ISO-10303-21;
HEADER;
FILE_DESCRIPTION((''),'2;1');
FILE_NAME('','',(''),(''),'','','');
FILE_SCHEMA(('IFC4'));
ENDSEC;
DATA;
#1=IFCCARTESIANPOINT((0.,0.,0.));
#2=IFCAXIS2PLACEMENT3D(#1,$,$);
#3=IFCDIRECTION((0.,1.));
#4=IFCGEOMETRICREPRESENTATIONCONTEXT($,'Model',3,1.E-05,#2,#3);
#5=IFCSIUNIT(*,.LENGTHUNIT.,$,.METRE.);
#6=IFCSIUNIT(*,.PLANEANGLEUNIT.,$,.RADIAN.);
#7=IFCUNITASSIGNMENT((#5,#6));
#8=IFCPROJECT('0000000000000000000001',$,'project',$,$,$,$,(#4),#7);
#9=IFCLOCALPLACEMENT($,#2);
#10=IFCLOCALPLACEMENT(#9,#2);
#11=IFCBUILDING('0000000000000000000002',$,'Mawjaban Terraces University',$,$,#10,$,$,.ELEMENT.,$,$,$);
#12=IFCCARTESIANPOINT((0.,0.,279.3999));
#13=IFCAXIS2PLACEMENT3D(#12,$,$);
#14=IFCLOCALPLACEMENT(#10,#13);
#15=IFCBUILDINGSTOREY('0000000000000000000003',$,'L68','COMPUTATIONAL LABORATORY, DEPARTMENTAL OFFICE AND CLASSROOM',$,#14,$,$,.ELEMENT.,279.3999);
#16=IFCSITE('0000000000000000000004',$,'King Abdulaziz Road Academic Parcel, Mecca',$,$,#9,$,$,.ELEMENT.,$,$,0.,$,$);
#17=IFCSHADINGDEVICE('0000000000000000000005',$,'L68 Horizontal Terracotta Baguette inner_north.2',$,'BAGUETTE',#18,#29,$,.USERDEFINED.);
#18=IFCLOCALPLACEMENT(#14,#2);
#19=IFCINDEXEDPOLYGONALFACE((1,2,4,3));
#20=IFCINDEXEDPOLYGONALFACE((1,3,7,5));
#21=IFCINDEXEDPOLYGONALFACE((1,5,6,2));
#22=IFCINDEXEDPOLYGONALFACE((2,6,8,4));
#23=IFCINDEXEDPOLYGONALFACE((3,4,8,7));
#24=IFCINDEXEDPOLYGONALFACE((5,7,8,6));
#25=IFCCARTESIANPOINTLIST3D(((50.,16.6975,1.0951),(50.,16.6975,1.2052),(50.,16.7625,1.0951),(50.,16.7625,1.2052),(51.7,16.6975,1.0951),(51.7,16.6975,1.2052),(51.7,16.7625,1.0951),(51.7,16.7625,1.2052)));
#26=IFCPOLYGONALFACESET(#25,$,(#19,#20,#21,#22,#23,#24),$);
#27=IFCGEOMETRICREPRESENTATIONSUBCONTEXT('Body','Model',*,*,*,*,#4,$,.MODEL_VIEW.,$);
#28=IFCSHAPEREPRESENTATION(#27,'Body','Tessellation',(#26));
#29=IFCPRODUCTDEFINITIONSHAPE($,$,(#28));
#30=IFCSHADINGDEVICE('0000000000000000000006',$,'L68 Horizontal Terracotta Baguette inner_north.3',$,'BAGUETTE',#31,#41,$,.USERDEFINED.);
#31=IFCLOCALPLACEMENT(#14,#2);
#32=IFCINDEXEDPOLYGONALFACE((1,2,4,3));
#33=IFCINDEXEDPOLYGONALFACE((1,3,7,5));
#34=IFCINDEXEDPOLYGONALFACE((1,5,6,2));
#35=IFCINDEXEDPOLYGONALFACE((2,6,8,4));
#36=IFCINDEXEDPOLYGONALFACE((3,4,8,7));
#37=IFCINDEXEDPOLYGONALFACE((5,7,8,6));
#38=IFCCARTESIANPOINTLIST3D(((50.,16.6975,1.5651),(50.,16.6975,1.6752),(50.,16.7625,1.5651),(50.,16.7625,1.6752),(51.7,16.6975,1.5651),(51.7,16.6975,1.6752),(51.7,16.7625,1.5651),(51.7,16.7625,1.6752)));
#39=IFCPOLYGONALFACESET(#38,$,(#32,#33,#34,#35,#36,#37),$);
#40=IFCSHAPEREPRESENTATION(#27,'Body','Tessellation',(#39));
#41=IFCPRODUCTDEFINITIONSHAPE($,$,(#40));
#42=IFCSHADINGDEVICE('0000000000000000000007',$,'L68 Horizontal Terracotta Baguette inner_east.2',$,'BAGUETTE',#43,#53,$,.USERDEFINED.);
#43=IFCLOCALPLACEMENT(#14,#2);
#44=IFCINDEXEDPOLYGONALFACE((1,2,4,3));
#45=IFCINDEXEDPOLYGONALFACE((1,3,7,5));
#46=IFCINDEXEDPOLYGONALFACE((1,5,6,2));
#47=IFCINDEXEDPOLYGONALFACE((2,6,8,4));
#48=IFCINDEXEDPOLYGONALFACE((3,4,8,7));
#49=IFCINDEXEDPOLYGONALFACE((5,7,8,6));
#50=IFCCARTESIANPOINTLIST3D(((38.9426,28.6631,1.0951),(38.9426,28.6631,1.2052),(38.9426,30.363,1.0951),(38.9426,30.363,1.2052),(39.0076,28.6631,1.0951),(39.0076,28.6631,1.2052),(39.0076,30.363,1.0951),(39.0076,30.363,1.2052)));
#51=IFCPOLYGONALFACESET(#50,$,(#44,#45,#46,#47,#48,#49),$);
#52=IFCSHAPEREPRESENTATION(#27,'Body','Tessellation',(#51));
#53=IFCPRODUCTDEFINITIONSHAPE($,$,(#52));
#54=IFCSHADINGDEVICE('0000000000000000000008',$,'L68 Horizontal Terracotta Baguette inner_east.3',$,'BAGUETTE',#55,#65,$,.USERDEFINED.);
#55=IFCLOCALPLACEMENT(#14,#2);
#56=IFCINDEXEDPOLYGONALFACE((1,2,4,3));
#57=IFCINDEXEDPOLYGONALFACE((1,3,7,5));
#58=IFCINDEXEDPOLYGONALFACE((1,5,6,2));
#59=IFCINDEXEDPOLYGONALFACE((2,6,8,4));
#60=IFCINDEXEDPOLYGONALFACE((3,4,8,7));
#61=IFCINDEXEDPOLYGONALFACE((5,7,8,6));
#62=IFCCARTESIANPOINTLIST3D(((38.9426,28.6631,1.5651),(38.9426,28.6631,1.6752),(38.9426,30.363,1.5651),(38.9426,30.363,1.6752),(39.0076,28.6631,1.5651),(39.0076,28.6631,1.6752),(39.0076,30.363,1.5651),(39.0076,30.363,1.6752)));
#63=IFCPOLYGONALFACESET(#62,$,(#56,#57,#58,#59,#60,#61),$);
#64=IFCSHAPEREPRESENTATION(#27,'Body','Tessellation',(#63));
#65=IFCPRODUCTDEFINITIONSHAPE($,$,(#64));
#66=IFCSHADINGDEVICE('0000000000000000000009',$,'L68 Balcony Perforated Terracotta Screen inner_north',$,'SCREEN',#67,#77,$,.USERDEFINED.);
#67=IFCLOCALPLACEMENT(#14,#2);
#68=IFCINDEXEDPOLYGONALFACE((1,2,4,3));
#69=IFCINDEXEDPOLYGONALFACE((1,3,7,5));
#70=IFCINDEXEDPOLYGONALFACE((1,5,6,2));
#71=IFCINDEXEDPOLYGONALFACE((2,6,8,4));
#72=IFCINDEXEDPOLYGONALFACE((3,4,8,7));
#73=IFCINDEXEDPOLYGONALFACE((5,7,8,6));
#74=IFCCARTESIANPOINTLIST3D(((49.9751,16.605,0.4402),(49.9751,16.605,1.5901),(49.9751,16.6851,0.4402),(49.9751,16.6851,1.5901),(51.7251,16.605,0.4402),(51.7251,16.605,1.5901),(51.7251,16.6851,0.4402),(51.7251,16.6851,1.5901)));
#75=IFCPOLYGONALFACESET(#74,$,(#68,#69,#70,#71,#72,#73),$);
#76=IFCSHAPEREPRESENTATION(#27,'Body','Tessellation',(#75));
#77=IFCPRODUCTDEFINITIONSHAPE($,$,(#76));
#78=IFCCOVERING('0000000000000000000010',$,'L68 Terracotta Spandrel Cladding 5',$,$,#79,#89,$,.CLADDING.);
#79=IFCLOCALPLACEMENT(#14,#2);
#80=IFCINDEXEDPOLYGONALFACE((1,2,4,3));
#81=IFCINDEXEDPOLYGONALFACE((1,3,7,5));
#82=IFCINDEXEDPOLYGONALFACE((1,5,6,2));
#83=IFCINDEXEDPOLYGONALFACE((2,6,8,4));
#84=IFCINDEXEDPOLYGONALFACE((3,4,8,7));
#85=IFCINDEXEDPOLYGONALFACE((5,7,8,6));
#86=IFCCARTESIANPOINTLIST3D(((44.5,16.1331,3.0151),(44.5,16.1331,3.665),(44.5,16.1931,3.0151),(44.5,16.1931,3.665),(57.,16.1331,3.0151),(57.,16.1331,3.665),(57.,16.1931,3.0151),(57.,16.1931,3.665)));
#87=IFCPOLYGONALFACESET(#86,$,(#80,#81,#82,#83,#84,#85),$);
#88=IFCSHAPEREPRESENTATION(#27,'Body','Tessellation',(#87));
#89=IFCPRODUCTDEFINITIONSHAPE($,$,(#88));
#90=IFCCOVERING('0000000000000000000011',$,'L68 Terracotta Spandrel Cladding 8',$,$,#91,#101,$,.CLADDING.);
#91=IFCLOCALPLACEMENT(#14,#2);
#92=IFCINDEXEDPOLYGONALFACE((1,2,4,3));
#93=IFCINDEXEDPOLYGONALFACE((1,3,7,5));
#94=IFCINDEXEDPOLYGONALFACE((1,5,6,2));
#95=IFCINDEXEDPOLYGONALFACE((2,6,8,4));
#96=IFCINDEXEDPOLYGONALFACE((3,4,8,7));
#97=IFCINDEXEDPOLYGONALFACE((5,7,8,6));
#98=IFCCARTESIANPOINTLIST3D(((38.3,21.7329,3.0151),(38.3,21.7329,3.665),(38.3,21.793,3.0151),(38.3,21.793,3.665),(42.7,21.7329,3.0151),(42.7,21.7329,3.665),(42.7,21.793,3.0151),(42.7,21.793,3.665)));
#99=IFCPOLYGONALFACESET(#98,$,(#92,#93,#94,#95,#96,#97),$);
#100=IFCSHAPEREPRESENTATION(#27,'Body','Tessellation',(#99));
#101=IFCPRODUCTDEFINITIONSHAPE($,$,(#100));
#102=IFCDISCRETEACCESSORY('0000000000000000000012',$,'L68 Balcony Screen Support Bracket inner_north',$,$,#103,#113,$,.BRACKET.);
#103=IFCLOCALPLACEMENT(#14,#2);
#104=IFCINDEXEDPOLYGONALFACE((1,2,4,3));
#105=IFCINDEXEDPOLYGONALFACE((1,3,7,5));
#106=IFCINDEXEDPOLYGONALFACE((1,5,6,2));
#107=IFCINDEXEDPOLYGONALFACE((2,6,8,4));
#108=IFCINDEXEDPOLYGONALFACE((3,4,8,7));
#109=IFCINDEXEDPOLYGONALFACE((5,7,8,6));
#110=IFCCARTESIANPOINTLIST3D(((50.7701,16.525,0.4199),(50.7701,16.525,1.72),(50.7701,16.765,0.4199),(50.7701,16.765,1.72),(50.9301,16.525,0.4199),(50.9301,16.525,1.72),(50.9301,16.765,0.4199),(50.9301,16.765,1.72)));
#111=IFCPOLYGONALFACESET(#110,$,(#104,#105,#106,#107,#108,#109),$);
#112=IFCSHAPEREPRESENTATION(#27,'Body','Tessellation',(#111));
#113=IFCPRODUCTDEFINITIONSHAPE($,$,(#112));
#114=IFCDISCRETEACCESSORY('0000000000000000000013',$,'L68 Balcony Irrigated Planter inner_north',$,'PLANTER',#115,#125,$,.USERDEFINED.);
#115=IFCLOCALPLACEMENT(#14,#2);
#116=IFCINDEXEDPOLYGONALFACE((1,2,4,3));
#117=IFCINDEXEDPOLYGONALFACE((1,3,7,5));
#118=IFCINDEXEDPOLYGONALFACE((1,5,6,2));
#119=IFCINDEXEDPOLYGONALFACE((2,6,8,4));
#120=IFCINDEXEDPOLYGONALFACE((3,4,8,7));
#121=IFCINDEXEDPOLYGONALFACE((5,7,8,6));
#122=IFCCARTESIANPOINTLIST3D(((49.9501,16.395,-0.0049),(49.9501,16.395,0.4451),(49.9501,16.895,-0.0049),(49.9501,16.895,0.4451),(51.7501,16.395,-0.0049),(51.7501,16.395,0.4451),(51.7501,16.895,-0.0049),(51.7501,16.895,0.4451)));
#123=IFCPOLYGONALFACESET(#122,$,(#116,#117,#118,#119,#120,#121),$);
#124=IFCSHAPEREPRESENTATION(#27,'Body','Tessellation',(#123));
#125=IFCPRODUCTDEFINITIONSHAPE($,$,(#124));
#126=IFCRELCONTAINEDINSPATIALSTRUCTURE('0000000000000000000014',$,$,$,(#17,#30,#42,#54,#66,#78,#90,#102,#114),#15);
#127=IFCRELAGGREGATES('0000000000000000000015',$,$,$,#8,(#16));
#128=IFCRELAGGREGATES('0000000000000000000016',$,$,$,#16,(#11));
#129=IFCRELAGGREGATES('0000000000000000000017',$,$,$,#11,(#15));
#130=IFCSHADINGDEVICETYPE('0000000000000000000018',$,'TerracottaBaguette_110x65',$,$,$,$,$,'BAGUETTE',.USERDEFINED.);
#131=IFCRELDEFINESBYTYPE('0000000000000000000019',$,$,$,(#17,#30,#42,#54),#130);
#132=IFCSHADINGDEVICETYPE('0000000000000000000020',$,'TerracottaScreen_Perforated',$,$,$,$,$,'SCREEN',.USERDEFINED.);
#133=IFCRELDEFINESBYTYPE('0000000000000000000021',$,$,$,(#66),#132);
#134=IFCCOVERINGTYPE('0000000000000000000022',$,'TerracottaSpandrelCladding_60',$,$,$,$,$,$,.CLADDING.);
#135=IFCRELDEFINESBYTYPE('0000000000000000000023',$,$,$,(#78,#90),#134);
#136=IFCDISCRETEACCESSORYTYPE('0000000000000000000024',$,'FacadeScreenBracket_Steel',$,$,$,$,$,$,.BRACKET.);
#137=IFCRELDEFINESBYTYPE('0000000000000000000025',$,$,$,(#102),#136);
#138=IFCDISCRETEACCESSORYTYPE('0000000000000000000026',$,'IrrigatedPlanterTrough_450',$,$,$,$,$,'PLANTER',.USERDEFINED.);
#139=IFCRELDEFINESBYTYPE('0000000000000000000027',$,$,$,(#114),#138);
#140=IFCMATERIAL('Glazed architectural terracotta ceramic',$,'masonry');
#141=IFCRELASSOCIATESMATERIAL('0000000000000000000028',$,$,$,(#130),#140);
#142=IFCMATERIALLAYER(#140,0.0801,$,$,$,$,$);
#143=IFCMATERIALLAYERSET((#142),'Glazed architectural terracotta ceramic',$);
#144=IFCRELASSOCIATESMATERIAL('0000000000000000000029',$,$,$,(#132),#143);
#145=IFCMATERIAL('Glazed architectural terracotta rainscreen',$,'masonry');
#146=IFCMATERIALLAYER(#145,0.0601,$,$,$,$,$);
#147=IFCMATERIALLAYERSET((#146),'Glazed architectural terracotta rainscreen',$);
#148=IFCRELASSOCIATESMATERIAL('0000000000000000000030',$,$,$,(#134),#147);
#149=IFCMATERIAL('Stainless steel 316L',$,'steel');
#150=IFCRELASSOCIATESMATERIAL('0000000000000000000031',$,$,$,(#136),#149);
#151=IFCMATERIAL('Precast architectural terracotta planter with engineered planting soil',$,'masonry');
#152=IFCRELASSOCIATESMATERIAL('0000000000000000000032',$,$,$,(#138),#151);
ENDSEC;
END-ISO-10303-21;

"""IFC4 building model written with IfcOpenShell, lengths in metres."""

from ifc_helpers import new_model, si_unit, direction, frame, origin, origin_2d, place, context, subcontext, project, spatial, rectangle, extrude, material, layer, layer_set, material_profile, profile_set, type_object, element, save


model = new_model("IFC4")

# Units and contexts
model_context = context("Model", 3, precision=1e-05, world=origin(), true_north=direction((0.0, 1.0)))
body_context = subcontext(model_context, "Body", "Model", "MODEL_VIEW")
ifc_project = project(units=[si_unit("LENGTHUNIT", "METRE"), si_unit("PLANEANGLEUNIT", "RADIAN")], contexts=[model_context])

# Site, building, storey
site_placement = place(None, origin())
site = spatial("IfcSite", under=ifc_project, at=site_placement, Name="King Abdulaziz Road Academic Parcel, Mecca", CompositionType="ELEMENT", RefElevation=0.0)
building_placement = place(site_placement, origin())
building = spatial("IfcBuilding", under=site, at=building_placement, Name="Mawjaban Terraces University", CompositionType="ELEMENT")
storey_placement = place(building_placement, frame((0.0, 0.0, 279.3999)))
storey = spatial("IfcBuildingStorey", under=building, at=storey_placement, Name="L68", Description="COMPUTATIONAL LABORATORY, DEPARTMENTAL OFFICE AND CLASSROOM", CompositionType="ELEMENT", Elevation=279.3999)

# Shading devices
ifc_material_1 = material(Name="Glazed architectural terracotta ceramic", Category="masonry")
ifc_material_profile_1 = material_profile(ifc_material_1, rectangle(XDim=0.0649, YDim=0.1101, at=origin_2d()), Name="TBAG110X65")
ifc_profile_set_1 = profile_set([ifc_material_profile_1], Name="Glazed architectural terracotta ceramic")
shading_device_type_1 = type_object("IfcShadingDeviceType", Name="TerracottaBaguette_110x65", ElementType="BAGUETTE", PredefinedType="USERDEFINED", material=ifc_profile_set_1)
for number, where, z_axis, x_axis, name in (
    (1, (50.0, 16.73, 1.1501), (1.0, 0.0, 0.0), (0.0, 1.0, 0.0), "L68 Horizontal Terracotta Baguette inner_north.2"),
    (2, (50.0, 16.73, 1.6201), (1.0, 0.0, 0.0), (0.0, 1.0, 0.0), "L68 Horizontal Terracotta Baguette inner_north.3"),
    (3, (38.9751, 28.6631, 1.1501), (0.0, 1.0, 0.0), (-1.0, 0.0, 0.0), "L68 Horizontal Terracotta Baguette inner_east.2"),
    (4, (38.9751, 28.6631, 1.6201), (0.0, 1.0, 0.0), (-1.0, 0.0, 0.0), "L68 Horizontal Terracotta Baguette inner_east.3"),
):
    element("IfcShadingDevice", number, at=place(storey_placement, frame(where, z_axis=z_axis, x_axis=x_axis)), inside=storey, type_object=shading_device_type_1, Name=name, ObjectType="BAGUETTE", PredefinedType="USERDEFINED", context=body_context, shape_type="SweptSolid", body=[
        extrude(rectangle(XDim=0.0649, YDim=0.1101, at=origin_2d()), origin(), (0.0, 0.0, 1.0), 1.7),
    ])
ifc_layer_1 = layer(ifc_material_1, 0.0801)
ifc_layer_set_1 = layer_set([ifc_layer_1], Name="Glazed architectural terracotta ceramic")
shading_device_type_2 = type_object("IfcShadingDeviceType", Name="TerracottaScreen_Perforated", ElementType="SCREEN", PredefinedType="USERDEFINED", material=ifc_layer_set_1)
shading_device_placement = place(storey_placement, frame((50.8501, 16.645, 0.4402), z_axis=(0.0, 0.0, 1.0), x_axis=(1.0, 0.0, 0.0)))
element("IfcShadingDevice", 5, at=shading_device_placement, inside=storey, type_object=shading_device_type_2, Name="L68 Balcony Perforated Terracotta Screen inner_north", ObjectType="SCREEN", PredefinedType="USERDEFINED", context=body_context, shape_type="SweptSolid", body=[
    extrude(rectangle(XDim=1.75, YDim=0.0801, at=origin_2d()), origin(), (0.0, 0.0, 1.0), 1.1499),
])

# Coverings
ifc_material_2 = material(Name="Glazed architectural terracotta rainscreen", Category="masonry")
ifc_layer_2 = layer(ifc_material_2, 0.0601)
ifc_layer_set_2 = layer_set([ifc_layer_2], Name="Glazed architectural terracotta rainscreen")
covering_type = type_object("IfcCoveringType", Name="TerracottaSpandrelCladding_60", PredefinedType="CLADDING", material=ifc_layer_set_2)
covering_1_placement = place(storey_placement, frame((50.75, 16.1631, 3.0151), z_axis=(0.0, 0.0, 1.0), x_axis=(-1.0, 0.0, 0.0)))
element("IfcCovering", 6, at=covering_1_placement, inside=storey, type_object=covering_type, Name="L68 Terracotta Spandrel Cladding 5", PredefinedType="CLADDING", context=body_context, shape_type="SweptSolid", body=[
    extrude(rectangle(XDim=12.5, YDim=0.0601, at=origin_2d()), origin(), (0.0, 0.0, 1.0), 0.6499),
])
covering_2_placement = place(storey_placement, frame((40.5, 21.7629, 3.0151), z_axis=(0.0, 0.0, 1.0), x_axis=(-1.0, 0.0, 0.0)))
element("IfcCovering", 7, at=covering_2_placement, inside=storey, type_object=covering_type, Name="L68 Terracotta Spandrel Cladding 8", PredefinedType="CLADDING", context=body_context, shape_type="SweptSolid", body=[
    extrude(rectangle(XDim=4.3999, YDim=0.0601, at=origin_2d()), origin(), (0.0, 0.0, 1.0), 0.6499),
])

# Discrete accessories
ifc_material_3 = material(Name="Stainless steel 316L", Category="steel")
discrete_accessory_type_1 = type_object("IfcDiscreteAccessoryType", Name="FacadeScreenBracket_Steel", PredefinedType="BRACKET", material=ifc_material_3)
discrete_accessory_1_placement = place(storey_placement, frame((50.8501, 16.645, 0.4199), z_axis=(0.0, 0.0, 1.0), x_axis=(1.0, 0.0, 0.0)))
element("IfcDiscreteAccessory", 8, at=discrete_accessory_1_placement, inside=storey, type_object=discrete_accessory_type_1, Name="L68 Balcony Screen Support Bracket inner_north", PredefinedType="BRACKET", context=body_context, shape_type="SweptSolid", body=[
    extrude(rectangle(XDim=0.1599, YDim=0.24, at=origin_2d()), origin(), (0.0, 0.0, 1.0), 1.3),
])
ifc_material_4 = material(Name="Precast architectural terracotta planter with engineered planting soil", Category="masonry")
discrete_accessory_type_2 = type_object("IfcDiscreteAccessoryType", Name="IrrigatedPlanterTrough_450", ElementType="PLANTER", PredefinedType="USERDEFINED", material=ifc_material_4)
discrete_accessory_2_placement = place(storey_placement, frame((50.8501, 16.645, -0.0049), z_axis=(0.0, 0.0, 1.0), x_axis=(1.0, 0.0, 0.0)))
element("IfcDiscreteAccessory", 9, at=discrete_accessory_2_placement, inside=storey, type_object=discrete_accessory_type_2, Name="L68 Balcony Irrigated Planter inner_north", ObjectType="PLANTER", PredefinedType="USERDEFINED", context=body_context, shape_type="SweptSolid", body=[
    extrude(rectangle(XDim=1.8, YDim=0.5, at=origin_2d()), origin(), (0.0, 0.0, 1.0), 0.45),
])

save(model, "model.ifc")
